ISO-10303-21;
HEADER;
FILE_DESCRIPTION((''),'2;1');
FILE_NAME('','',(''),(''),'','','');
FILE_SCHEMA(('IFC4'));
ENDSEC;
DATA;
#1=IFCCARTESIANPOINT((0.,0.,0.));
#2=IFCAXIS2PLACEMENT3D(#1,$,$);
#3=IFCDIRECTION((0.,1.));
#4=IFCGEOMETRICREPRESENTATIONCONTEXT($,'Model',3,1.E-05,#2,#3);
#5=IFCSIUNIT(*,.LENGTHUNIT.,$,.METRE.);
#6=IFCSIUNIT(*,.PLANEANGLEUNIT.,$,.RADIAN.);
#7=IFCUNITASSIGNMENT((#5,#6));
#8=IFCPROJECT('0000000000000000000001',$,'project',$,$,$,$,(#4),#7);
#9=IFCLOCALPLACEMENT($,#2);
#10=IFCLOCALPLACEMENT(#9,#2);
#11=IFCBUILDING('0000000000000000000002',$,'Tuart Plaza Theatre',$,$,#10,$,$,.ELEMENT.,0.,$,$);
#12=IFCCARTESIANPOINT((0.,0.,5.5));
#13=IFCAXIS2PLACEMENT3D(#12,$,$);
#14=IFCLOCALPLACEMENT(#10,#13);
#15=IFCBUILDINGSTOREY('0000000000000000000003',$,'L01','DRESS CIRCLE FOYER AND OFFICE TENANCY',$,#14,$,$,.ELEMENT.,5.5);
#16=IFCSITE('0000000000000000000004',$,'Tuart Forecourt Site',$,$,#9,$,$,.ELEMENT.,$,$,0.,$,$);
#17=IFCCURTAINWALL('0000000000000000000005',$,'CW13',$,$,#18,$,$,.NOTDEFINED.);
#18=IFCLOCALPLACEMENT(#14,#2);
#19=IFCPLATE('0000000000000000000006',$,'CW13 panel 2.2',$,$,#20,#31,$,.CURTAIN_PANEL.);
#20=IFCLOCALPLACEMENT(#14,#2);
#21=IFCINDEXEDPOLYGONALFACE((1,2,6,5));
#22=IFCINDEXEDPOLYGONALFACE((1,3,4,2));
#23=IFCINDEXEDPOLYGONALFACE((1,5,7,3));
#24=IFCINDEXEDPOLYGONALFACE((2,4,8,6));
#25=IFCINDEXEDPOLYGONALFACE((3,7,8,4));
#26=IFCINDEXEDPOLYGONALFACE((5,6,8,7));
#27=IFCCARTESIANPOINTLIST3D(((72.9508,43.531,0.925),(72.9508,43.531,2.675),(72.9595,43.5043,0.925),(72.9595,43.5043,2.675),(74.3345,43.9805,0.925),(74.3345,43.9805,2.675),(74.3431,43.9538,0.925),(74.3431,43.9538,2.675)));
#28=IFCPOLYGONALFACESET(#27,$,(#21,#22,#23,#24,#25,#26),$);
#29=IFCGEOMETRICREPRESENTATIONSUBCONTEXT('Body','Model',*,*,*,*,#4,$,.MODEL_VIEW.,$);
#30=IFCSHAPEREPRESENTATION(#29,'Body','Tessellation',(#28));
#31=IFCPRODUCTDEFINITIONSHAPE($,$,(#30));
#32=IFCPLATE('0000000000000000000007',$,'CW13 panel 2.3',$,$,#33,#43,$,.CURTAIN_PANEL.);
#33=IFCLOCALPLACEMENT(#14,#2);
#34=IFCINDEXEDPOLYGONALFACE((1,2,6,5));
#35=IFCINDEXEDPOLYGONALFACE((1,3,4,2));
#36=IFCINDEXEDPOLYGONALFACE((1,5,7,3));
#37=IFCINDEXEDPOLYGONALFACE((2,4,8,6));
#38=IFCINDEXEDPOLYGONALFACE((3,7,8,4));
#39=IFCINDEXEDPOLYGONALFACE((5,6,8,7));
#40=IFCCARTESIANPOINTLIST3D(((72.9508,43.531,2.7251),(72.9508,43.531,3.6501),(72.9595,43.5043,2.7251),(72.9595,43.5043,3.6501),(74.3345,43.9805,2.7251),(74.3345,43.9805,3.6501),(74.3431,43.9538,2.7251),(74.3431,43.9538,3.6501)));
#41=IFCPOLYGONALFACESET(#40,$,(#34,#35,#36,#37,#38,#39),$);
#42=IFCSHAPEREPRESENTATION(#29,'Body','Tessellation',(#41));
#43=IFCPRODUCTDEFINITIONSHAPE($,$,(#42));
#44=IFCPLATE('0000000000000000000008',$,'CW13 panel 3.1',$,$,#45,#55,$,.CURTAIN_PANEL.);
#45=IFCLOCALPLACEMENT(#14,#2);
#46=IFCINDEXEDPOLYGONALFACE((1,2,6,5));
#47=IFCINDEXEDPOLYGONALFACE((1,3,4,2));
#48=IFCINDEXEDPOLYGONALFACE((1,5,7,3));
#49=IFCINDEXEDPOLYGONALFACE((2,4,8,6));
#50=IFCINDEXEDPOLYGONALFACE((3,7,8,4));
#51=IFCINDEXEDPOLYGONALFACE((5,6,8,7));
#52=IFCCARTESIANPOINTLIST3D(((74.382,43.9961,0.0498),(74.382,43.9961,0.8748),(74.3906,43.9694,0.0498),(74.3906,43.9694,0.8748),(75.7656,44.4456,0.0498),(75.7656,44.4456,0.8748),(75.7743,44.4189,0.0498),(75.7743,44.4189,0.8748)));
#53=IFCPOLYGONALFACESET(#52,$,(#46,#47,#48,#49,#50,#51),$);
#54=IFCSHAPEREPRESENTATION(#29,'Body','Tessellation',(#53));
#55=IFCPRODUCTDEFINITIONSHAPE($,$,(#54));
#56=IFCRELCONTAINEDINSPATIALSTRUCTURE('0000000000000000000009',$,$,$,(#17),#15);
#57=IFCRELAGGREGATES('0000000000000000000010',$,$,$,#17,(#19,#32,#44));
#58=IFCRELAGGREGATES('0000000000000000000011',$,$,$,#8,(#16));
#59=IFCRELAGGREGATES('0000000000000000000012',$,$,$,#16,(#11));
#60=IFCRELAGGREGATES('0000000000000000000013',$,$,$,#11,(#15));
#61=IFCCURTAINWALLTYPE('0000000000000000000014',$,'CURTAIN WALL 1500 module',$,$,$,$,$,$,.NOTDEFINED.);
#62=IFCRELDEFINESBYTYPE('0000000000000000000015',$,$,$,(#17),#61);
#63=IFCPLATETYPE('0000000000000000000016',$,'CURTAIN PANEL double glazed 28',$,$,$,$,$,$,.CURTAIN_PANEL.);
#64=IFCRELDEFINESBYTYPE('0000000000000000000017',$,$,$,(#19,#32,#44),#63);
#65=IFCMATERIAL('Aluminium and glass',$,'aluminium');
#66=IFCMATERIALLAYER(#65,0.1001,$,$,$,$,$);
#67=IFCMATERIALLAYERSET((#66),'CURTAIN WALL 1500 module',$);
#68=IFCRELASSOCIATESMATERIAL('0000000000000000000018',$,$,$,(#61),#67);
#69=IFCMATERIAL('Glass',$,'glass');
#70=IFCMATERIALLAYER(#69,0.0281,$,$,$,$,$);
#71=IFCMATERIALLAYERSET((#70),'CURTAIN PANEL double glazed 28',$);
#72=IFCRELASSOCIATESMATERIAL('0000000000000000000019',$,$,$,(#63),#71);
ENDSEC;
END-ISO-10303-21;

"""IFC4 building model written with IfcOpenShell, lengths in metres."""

from ifc_helpers import new_model, si_unit, direction, frame, origin, origin_2d, place, context, subcontext, project, spatial, rectangle, extrude, material, layer, layer_set, type_object, element, aggregate, save


model = new_model("IFC4")

# Units and contexts
model_context = context("Model", 3, precision=1e-05, world=origin(), true_north=direction((0.0, 1.0)))
body_context = subcontext(model_context, "Body", "Model", "MODEL_VIEW")
ifc_project = project(units=[si_unit("LENGTHUNIT", "METRE"), si_unit("PLANEANGLEUNIT", "RADIAN")], contexts=[model_context])

# Site, building, storey
site_placement = place(None, origin())
site = spatial("IfcSite", under=ifc_project, at=site_placement, Name="Tuart Forecourt Site", CompositionType="ELEMENT", RefElevation=0.0)
building_placement = place(site_placement, origin())
building = spatial("IfcBuilding", under=site, at=building_placement, Name="Tuart Plaza Theatre", CompositionType="ELEMENT", ElevationOfRefHeight=0.0)
storey_placement = place(building_placement, frame((0.0, 0.0, 5.5)))
storey = spatial("IfcBuildingStorey", under=building, at=storey_placement, Name="L01", Description="DRESS CIRCLE FOYER AND OFFICE TENANCY", CompositionType="ELEMENT", Elevation=5.5)

# Curtain wall, plates
ifc_material_1 = material(Name="Aluminium and glass", Category="aluminium")
ifc_layer_1 = layer(ifc_material_1, 0.1001)
ifc_layer_set_1 = layer_set([ifc_layer_1], Name="CURTAIN WALL 1500 module")
curtain_wall_type = type_object("IfcCurtainWallType", Name="CURTAIN WALL 1500 module", PredefinedType="NOTDEFINED", material=ifc_layer_set_1)
curtain_wall_placement = place(storey_placement, origin())
curtain_wall = element("IfcCurtainWall", 1, at=curtain_wall_placement, inside=storey, type_object=curtain_wall_type, Name="CW13", PredefinedType="NOTDEFINED")
ifc_material_2 = material(Name="Glass", Category="glass")
ifc_layer_2 = layer(ifc_material_2, 0.0281)
ifc_layer_set_2 = layer_set([ifc_layer_2], Name="CURTAIN PANEL double glazed 28")
plate_type = type_object("IfcPlateType", Name="CURTAIN PANEL double glazed 28", PredefinedType="CURTAIN_PANEL", material=ifc_layer_set_2)
plate_1_placement = place(storey_placement, frame((73.647, 43.7424, 0.925), z_axis=(0.0, 0.0, 1.0), x_axis=(0.951067, 0.308986, 0.0)))
plate_1 = element("IfcPlate", 2, at=plate_1_placement, type_object=plate_type, Name="CW13 panel 2.2", PredefinedType="CURTAIN_PANEL", context=body_context, shape_type="SweptSolid", body=[
    extrude(rectangle(XDim=1.4548, YDim=0.0281, at=origin_2d()), origin(), (0.0, 0.0, 1.0), 1.75),
])
plate_2_placement = place(storey_placement, frame((73.647, 43.7424, 2.7251), z_axis=(0.0, 0.0, 1.0), x_axis=(0.951067, 0.308986, 0.0)))
plate_2 = element("IfcPlate", 3, at=plate_2_placement, type_object=plate_type, Name="CW13 panel 2.3", PredefinedType="CURTAIN_PANEL", context=body_context, shape_type="SweptSolid", body=[
    extrude(rectangle(XDim=1.4548, YDim=0.0281, at=origin_2d()), origin(), (0.0, 0.0, 1.0), 0.925),
])
plate_3_placement = place(storey_placement, frame((75.0781, 44.2075, 0.0498), z_axis=(0.0, 0.0, 1.0), x_axis=(0.951067, 0.308986, 0.0)))
plate_3 = element("IfcPlate", 4, at=plate_3_placement, type_object=plate_type, Name="CW13 panel 3.1", PredefinedType="CURTAIN_PANEL", context=body_context, shape_type="SweptSolid", body=[
    extrude(rectangle(XDim=1.4548, YDim=0.0281, at=origin_2d()), origin(), (0.0, 0.0, 1.0), 0.825),
])
aggregate(curtain_wall, [plate_1, plate_2, plate_3])

save(model, "model.ifc")
